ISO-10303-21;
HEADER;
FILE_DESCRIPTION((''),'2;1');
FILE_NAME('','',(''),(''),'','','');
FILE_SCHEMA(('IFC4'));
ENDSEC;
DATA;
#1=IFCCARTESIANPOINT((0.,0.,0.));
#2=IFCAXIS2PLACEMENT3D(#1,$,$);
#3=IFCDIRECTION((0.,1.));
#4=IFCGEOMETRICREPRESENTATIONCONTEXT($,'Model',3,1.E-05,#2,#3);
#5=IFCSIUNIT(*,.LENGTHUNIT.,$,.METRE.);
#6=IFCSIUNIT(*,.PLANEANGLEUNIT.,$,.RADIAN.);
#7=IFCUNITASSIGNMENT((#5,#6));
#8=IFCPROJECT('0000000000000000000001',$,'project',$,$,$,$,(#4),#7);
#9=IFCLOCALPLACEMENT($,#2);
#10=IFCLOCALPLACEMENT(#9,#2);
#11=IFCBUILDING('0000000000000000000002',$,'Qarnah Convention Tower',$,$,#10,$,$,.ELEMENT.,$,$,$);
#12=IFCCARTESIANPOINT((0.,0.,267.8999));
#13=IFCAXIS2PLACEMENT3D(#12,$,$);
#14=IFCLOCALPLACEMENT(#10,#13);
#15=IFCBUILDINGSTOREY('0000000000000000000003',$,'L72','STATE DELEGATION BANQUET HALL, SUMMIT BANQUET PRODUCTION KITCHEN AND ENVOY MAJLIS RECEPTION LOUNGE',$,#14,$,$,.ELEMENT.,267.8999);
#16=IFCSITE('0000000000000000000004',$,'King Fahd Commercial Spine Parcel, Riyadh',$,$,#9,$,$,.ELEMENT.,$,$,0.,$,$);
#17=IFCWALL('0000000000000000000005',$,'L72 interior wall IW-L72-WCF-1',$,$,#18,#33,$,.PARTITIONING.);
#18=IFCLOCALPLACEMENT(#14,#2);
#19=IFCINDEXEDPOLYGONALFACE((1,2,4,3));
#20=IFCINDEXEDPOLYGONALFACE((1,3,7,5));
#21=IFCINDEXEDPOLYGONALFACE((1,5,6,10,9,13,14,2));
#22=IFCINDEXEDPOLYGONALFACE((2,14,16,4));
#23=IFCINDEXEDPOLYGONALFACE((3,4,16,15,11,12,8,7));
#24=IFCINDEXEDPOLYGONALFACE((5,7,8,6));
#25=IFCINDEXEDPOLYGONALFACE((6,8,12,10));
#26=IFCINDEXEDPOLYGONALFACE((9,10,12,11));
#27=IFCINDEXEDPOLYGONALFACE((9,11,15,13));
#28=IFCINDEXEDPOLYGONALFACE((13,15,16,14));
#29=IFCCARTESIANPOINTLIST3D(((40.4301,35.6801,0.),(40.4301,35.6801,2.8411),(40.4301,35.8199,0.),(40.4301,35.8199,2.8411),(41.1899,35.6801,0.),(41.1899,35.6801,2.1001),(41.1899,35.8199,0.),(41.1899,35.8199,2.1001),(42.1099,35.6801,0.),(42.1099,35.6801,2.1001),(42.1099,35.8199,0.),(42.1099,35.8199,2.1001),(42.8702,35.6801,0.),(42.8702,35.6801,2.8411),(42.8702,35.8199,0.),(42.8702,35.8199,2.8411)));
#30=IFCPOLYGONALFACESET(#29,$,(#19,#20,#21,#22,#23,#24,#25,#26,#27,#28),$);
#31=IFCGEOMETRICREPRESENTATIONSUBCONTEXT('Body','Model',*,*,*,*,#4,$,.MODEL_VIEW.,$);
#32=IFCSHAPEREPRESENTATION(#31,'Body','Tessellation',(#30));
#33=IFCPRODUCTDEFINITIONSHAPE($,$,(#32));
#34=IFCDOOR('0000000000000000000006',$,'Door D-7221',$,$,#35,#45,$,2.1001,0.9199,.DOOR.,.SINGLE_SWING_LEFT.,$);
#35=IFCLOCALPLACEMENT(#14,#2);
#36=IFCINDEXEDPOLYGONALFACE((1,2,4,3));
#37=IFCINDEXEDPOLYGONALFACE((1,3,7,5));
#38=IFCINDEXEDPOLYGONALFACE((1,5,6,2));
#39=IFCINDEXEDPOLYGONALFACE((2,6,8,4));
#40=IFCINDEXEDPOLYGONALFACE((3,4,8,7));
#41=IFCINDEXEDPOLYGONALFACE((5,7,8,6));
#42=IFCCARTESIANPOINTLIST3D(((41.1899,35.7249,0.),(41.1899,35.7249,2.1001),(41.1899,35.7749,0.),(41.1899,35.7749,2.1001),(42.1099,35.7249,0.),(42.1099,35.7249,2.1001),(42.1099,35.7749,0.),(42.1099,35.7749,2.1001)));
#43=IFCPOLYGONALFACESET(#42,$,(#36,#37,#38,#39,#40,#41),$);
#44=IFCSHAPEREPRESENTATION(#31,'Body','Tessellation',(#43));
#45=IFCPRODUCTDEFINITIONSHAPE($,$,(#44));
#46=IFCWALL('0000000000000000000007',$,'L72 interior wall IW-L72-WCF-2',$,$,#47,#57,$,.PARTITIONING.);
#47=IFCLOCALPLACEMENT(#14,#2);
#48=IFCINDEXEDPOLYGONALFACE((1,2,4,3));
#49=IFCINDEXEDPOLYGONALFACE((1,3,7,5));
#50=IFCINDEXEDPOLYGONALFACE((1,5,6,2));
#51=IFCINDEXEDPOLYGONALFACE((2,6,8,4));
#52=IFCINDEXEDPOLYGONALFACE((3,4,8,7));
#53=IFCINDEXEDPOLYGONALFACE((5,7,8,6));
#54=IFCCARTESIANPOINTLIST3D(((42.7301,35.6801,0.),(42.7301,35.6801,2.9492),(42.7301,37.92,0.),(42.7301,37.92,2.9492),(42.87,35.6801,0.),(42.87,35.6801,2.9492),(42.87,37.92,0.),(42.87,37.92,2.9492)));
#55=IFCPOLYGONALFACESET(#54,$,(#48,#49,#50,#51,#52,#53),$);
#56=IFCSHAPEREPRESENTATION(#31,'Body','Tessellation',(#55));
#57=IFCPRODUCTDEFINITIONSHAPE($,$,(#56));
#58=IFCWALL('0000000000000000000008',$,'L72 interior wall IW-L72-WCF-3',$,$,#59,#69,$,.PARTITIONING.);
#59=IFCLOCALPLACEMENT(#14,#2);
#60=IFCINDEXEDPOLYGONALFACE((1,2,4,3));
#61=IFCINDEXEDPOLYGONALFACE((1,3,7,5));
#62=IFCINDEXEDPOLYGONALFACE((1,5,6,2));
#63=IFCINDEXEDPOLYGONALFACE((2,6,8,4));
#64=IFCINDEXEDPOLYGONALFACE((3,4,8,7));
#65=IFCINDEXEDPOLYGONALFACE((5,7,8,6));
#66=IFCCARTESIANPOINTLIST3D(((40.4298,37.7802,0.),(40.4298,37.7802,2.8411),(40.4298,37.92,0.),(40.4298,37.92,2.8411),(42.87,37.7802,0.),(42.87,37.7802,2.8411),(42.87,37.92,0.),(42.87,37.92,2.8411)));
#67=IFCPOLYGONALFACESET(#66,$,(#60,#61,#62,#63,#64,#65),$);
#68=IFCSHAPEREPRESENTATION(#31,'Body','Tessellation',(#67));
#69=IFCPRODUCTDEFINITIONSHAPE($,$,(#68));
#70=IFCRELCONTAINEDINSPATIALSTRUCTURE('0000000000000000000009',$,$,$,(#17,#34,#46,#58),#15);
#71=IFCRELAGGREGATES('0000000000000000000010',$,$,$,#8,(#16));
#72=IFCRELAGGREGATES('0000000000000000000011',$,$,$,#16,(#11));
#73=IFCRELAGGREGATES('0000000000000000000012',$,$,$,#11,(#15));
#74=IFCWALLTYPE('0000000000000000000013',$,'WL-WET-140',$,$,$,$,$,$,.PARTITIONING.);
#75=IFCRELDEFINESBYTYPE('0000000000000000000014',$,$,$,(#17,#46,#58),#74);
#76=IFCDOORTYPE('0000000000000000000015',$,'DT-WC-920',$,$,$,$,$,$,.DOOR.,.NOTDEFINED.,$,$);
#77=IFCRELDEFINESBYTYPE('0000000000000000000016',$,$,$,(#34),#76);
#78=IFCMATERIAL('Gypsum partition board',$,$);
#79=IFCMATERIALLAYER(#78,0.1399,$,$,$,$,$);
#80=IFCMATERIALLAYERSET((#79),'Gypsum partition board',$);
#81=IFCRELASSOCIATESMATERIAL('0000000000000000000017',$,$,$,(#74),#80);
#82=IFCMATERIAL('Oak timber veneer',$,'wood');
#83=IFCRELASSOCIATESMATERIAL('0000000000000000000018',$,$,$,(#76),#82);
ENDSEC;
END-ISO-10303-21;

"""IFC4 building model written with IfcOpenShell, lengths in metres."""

from ifc_helpers import new_model, si_unit, direction, frame, frame_2d, origin, place, context, subcontext, project, spatial, rectangle, extrude, material, layer, layer_set, type_object, element, fill, save


model = new_model("IFC4")

# Units and contexts
model_context = context("Model", 3, precision=1e-05, world=origin(), true_north=direction((0.0, 1.0)))
body_context = subcontext(model_context, "Body", "Model", "MODEL_VIEW")
ifc_project = project(units=[si_unit("LENGTHUNIT", "METRE"), si_unit("PLANEANGLEUNIT", "RADIAN")], contexts=[model_context])

# Site, building, storey
site_placement = place(None, origin())
site = spatial("IfcSite", under=ifc_project, at=site_placement, Name="King Fahd Commercial Spine Parcel, Riyadh", CompositionType="ELEMENT", RefElevation=0.0)
building_placement = place(site_placement, origin())
building = spatial("IfcBuilding", under=site, at=building_placement, Name="Qarnah Convention Tower", CompositionType="ELEMENT")
storey_placement = place(building_placement, frame((0.0, 0.0, 267.8999)))
storey = spatial("IfcBuildingStorey", under=building, at=storey_placement, Name="L72", Description="STATE DELEGATION BANQUET HALL, SUMMIT BANQUET PRODUCTION KITCHEN AND ENVOY MAJLIS RECEPTION LOUNGE", CompositionType="ELEMENT", Elevation=267.8999)

# Shared definitions
ifc_material_1 = material(Name="Gypsum partition board")

# Shared definitions
ifc_material_2 = material(Name="Oak timber veneer", Category="wood")
ifc_layer_1 = layer(ifc_material_1, 0.1399)
ifc_layer_set_1 = layer_set([ifc_layer_1], Name="Gypsum partition board")
wall_type_1 = type_object("IfcWallType", Name="WL-WET-140", PredefinedType="PARTITIONING", material=ifc_layer_set_1)
door_type_1 = type_object("IfcDoorType", Name="DT-WC-920", OperationType="NOTDEFINED", PredefinedType="DOOR", material=ifc_material_2)

# Wall, opening, door
wall_1_placement = place(storey_placement, frame((40.4299, 35.75, 0.0), z_axis=(0.0, 0.0, 1.0), x_axis=(1.0, 0.0, 0.0)))
wall_1 = element("IfcWall", 1, at=wall_1_placement, inside=storey, type_object=wall_type_1, Name="L72 interior wall IW-L72-WCF-1", PredefinedType="PARTITIONING", context=body_context, shape_type="SweptSolid", body=[
    extrude(rectangle(XDim=2.4402, YDim=0.1399, at=frame_2d((1.2202, 0.0))), origin(), (0.0, 0.0, 1.0), 2.8411),
])
opening_1_placement = place(wall_1_placement, frame((0.76, 0.0, 0.0)))
opening_1 = element("IfcOpeningElement", 2, at=opening_1_placement, cuts=wall_1, PredefinedType="OPENING", context=body_context, shape_type="SweptSolid", body=[
    extrude(rectangle(XDim=0.9199, YDim=2.1001, at=frame_2d((0.46, 1.05))), frame((0.0, 0.0798, 0.0), z_axis=(0.0, -1.0, 0.0), x_axis=(1.0, 0.0, 0.0)), (0.0, 0.0, 1.0), 0.1599),
])
door_1_placement = place(opening_1_placement, origin())
door_1 = element("IfcDoor", 3, at=door_1_placement, inside=storey, type_object=door_type_1, Name="Door D-7221", OperationType="SINGLE_SWING_LEFT", OverallHeight=2.1001, OverallWidth=0.9199, PredefinedType="DOOR", context=body_context, shape_type="SweptSolid", body=[
    extrude(rectangle(XDim=0.9199, YDim=2.1001, at=frame_2d((0.46, 1.05))), frame((0.0, 0.0249, 0.0), z_axis=(0.0, -1.0, 0.0), x_axis=(1.0, 0.0, 0.0)), (0.0, 0.0, 1.0), 0.05),
])
fill(opening_1, door_1)

# Walls
wall_2_placement = place(storey_placement, frame((42.8, 35.6799, 0.0), z_axis=(0.0, 0.0, 1.0), x_axis=(0.0, 1.0, 0.0)))
element("IfcWall", 4, at=wall_2_placement, inside=storey, type_object=wall_type_1, Name="L72 interior wall IW-L72-WCF-2", PredefinedType="PARTITIONING", context=body_context, shape_type="SweptSolid", body=[
    extrude(rectangle(XDim=2.24, YDim=0.1399, at=frame_2d((1.1201, 0.0))), origin(), (0.0, 0.0, 1.0), 2.9492),
])
wall_3_placement = place(storey_placement, frame((42.8701, 37.8501, 0.0), z_axis=(0.0, 0.0, 1.0), x_axis=(-1.0, 0.0, 0.0)))
element("IfcWall", 5, at=wall_3_placement, inside=storey, type_object=wall_type_1, Name="L72 interior wall IW-L72-WCF-3", PredefinedType="PARTITIONING", context=body_context, shape_type="SweptSolid", body=[
    extrude(rectangle(XDim=2.4402, YDim=0.1399, at=frame_2d((1.2202, 0.0))), origin(), (0.0, 0.0, 1.0), 2.8411),
])

save(model, "model.ifc")
